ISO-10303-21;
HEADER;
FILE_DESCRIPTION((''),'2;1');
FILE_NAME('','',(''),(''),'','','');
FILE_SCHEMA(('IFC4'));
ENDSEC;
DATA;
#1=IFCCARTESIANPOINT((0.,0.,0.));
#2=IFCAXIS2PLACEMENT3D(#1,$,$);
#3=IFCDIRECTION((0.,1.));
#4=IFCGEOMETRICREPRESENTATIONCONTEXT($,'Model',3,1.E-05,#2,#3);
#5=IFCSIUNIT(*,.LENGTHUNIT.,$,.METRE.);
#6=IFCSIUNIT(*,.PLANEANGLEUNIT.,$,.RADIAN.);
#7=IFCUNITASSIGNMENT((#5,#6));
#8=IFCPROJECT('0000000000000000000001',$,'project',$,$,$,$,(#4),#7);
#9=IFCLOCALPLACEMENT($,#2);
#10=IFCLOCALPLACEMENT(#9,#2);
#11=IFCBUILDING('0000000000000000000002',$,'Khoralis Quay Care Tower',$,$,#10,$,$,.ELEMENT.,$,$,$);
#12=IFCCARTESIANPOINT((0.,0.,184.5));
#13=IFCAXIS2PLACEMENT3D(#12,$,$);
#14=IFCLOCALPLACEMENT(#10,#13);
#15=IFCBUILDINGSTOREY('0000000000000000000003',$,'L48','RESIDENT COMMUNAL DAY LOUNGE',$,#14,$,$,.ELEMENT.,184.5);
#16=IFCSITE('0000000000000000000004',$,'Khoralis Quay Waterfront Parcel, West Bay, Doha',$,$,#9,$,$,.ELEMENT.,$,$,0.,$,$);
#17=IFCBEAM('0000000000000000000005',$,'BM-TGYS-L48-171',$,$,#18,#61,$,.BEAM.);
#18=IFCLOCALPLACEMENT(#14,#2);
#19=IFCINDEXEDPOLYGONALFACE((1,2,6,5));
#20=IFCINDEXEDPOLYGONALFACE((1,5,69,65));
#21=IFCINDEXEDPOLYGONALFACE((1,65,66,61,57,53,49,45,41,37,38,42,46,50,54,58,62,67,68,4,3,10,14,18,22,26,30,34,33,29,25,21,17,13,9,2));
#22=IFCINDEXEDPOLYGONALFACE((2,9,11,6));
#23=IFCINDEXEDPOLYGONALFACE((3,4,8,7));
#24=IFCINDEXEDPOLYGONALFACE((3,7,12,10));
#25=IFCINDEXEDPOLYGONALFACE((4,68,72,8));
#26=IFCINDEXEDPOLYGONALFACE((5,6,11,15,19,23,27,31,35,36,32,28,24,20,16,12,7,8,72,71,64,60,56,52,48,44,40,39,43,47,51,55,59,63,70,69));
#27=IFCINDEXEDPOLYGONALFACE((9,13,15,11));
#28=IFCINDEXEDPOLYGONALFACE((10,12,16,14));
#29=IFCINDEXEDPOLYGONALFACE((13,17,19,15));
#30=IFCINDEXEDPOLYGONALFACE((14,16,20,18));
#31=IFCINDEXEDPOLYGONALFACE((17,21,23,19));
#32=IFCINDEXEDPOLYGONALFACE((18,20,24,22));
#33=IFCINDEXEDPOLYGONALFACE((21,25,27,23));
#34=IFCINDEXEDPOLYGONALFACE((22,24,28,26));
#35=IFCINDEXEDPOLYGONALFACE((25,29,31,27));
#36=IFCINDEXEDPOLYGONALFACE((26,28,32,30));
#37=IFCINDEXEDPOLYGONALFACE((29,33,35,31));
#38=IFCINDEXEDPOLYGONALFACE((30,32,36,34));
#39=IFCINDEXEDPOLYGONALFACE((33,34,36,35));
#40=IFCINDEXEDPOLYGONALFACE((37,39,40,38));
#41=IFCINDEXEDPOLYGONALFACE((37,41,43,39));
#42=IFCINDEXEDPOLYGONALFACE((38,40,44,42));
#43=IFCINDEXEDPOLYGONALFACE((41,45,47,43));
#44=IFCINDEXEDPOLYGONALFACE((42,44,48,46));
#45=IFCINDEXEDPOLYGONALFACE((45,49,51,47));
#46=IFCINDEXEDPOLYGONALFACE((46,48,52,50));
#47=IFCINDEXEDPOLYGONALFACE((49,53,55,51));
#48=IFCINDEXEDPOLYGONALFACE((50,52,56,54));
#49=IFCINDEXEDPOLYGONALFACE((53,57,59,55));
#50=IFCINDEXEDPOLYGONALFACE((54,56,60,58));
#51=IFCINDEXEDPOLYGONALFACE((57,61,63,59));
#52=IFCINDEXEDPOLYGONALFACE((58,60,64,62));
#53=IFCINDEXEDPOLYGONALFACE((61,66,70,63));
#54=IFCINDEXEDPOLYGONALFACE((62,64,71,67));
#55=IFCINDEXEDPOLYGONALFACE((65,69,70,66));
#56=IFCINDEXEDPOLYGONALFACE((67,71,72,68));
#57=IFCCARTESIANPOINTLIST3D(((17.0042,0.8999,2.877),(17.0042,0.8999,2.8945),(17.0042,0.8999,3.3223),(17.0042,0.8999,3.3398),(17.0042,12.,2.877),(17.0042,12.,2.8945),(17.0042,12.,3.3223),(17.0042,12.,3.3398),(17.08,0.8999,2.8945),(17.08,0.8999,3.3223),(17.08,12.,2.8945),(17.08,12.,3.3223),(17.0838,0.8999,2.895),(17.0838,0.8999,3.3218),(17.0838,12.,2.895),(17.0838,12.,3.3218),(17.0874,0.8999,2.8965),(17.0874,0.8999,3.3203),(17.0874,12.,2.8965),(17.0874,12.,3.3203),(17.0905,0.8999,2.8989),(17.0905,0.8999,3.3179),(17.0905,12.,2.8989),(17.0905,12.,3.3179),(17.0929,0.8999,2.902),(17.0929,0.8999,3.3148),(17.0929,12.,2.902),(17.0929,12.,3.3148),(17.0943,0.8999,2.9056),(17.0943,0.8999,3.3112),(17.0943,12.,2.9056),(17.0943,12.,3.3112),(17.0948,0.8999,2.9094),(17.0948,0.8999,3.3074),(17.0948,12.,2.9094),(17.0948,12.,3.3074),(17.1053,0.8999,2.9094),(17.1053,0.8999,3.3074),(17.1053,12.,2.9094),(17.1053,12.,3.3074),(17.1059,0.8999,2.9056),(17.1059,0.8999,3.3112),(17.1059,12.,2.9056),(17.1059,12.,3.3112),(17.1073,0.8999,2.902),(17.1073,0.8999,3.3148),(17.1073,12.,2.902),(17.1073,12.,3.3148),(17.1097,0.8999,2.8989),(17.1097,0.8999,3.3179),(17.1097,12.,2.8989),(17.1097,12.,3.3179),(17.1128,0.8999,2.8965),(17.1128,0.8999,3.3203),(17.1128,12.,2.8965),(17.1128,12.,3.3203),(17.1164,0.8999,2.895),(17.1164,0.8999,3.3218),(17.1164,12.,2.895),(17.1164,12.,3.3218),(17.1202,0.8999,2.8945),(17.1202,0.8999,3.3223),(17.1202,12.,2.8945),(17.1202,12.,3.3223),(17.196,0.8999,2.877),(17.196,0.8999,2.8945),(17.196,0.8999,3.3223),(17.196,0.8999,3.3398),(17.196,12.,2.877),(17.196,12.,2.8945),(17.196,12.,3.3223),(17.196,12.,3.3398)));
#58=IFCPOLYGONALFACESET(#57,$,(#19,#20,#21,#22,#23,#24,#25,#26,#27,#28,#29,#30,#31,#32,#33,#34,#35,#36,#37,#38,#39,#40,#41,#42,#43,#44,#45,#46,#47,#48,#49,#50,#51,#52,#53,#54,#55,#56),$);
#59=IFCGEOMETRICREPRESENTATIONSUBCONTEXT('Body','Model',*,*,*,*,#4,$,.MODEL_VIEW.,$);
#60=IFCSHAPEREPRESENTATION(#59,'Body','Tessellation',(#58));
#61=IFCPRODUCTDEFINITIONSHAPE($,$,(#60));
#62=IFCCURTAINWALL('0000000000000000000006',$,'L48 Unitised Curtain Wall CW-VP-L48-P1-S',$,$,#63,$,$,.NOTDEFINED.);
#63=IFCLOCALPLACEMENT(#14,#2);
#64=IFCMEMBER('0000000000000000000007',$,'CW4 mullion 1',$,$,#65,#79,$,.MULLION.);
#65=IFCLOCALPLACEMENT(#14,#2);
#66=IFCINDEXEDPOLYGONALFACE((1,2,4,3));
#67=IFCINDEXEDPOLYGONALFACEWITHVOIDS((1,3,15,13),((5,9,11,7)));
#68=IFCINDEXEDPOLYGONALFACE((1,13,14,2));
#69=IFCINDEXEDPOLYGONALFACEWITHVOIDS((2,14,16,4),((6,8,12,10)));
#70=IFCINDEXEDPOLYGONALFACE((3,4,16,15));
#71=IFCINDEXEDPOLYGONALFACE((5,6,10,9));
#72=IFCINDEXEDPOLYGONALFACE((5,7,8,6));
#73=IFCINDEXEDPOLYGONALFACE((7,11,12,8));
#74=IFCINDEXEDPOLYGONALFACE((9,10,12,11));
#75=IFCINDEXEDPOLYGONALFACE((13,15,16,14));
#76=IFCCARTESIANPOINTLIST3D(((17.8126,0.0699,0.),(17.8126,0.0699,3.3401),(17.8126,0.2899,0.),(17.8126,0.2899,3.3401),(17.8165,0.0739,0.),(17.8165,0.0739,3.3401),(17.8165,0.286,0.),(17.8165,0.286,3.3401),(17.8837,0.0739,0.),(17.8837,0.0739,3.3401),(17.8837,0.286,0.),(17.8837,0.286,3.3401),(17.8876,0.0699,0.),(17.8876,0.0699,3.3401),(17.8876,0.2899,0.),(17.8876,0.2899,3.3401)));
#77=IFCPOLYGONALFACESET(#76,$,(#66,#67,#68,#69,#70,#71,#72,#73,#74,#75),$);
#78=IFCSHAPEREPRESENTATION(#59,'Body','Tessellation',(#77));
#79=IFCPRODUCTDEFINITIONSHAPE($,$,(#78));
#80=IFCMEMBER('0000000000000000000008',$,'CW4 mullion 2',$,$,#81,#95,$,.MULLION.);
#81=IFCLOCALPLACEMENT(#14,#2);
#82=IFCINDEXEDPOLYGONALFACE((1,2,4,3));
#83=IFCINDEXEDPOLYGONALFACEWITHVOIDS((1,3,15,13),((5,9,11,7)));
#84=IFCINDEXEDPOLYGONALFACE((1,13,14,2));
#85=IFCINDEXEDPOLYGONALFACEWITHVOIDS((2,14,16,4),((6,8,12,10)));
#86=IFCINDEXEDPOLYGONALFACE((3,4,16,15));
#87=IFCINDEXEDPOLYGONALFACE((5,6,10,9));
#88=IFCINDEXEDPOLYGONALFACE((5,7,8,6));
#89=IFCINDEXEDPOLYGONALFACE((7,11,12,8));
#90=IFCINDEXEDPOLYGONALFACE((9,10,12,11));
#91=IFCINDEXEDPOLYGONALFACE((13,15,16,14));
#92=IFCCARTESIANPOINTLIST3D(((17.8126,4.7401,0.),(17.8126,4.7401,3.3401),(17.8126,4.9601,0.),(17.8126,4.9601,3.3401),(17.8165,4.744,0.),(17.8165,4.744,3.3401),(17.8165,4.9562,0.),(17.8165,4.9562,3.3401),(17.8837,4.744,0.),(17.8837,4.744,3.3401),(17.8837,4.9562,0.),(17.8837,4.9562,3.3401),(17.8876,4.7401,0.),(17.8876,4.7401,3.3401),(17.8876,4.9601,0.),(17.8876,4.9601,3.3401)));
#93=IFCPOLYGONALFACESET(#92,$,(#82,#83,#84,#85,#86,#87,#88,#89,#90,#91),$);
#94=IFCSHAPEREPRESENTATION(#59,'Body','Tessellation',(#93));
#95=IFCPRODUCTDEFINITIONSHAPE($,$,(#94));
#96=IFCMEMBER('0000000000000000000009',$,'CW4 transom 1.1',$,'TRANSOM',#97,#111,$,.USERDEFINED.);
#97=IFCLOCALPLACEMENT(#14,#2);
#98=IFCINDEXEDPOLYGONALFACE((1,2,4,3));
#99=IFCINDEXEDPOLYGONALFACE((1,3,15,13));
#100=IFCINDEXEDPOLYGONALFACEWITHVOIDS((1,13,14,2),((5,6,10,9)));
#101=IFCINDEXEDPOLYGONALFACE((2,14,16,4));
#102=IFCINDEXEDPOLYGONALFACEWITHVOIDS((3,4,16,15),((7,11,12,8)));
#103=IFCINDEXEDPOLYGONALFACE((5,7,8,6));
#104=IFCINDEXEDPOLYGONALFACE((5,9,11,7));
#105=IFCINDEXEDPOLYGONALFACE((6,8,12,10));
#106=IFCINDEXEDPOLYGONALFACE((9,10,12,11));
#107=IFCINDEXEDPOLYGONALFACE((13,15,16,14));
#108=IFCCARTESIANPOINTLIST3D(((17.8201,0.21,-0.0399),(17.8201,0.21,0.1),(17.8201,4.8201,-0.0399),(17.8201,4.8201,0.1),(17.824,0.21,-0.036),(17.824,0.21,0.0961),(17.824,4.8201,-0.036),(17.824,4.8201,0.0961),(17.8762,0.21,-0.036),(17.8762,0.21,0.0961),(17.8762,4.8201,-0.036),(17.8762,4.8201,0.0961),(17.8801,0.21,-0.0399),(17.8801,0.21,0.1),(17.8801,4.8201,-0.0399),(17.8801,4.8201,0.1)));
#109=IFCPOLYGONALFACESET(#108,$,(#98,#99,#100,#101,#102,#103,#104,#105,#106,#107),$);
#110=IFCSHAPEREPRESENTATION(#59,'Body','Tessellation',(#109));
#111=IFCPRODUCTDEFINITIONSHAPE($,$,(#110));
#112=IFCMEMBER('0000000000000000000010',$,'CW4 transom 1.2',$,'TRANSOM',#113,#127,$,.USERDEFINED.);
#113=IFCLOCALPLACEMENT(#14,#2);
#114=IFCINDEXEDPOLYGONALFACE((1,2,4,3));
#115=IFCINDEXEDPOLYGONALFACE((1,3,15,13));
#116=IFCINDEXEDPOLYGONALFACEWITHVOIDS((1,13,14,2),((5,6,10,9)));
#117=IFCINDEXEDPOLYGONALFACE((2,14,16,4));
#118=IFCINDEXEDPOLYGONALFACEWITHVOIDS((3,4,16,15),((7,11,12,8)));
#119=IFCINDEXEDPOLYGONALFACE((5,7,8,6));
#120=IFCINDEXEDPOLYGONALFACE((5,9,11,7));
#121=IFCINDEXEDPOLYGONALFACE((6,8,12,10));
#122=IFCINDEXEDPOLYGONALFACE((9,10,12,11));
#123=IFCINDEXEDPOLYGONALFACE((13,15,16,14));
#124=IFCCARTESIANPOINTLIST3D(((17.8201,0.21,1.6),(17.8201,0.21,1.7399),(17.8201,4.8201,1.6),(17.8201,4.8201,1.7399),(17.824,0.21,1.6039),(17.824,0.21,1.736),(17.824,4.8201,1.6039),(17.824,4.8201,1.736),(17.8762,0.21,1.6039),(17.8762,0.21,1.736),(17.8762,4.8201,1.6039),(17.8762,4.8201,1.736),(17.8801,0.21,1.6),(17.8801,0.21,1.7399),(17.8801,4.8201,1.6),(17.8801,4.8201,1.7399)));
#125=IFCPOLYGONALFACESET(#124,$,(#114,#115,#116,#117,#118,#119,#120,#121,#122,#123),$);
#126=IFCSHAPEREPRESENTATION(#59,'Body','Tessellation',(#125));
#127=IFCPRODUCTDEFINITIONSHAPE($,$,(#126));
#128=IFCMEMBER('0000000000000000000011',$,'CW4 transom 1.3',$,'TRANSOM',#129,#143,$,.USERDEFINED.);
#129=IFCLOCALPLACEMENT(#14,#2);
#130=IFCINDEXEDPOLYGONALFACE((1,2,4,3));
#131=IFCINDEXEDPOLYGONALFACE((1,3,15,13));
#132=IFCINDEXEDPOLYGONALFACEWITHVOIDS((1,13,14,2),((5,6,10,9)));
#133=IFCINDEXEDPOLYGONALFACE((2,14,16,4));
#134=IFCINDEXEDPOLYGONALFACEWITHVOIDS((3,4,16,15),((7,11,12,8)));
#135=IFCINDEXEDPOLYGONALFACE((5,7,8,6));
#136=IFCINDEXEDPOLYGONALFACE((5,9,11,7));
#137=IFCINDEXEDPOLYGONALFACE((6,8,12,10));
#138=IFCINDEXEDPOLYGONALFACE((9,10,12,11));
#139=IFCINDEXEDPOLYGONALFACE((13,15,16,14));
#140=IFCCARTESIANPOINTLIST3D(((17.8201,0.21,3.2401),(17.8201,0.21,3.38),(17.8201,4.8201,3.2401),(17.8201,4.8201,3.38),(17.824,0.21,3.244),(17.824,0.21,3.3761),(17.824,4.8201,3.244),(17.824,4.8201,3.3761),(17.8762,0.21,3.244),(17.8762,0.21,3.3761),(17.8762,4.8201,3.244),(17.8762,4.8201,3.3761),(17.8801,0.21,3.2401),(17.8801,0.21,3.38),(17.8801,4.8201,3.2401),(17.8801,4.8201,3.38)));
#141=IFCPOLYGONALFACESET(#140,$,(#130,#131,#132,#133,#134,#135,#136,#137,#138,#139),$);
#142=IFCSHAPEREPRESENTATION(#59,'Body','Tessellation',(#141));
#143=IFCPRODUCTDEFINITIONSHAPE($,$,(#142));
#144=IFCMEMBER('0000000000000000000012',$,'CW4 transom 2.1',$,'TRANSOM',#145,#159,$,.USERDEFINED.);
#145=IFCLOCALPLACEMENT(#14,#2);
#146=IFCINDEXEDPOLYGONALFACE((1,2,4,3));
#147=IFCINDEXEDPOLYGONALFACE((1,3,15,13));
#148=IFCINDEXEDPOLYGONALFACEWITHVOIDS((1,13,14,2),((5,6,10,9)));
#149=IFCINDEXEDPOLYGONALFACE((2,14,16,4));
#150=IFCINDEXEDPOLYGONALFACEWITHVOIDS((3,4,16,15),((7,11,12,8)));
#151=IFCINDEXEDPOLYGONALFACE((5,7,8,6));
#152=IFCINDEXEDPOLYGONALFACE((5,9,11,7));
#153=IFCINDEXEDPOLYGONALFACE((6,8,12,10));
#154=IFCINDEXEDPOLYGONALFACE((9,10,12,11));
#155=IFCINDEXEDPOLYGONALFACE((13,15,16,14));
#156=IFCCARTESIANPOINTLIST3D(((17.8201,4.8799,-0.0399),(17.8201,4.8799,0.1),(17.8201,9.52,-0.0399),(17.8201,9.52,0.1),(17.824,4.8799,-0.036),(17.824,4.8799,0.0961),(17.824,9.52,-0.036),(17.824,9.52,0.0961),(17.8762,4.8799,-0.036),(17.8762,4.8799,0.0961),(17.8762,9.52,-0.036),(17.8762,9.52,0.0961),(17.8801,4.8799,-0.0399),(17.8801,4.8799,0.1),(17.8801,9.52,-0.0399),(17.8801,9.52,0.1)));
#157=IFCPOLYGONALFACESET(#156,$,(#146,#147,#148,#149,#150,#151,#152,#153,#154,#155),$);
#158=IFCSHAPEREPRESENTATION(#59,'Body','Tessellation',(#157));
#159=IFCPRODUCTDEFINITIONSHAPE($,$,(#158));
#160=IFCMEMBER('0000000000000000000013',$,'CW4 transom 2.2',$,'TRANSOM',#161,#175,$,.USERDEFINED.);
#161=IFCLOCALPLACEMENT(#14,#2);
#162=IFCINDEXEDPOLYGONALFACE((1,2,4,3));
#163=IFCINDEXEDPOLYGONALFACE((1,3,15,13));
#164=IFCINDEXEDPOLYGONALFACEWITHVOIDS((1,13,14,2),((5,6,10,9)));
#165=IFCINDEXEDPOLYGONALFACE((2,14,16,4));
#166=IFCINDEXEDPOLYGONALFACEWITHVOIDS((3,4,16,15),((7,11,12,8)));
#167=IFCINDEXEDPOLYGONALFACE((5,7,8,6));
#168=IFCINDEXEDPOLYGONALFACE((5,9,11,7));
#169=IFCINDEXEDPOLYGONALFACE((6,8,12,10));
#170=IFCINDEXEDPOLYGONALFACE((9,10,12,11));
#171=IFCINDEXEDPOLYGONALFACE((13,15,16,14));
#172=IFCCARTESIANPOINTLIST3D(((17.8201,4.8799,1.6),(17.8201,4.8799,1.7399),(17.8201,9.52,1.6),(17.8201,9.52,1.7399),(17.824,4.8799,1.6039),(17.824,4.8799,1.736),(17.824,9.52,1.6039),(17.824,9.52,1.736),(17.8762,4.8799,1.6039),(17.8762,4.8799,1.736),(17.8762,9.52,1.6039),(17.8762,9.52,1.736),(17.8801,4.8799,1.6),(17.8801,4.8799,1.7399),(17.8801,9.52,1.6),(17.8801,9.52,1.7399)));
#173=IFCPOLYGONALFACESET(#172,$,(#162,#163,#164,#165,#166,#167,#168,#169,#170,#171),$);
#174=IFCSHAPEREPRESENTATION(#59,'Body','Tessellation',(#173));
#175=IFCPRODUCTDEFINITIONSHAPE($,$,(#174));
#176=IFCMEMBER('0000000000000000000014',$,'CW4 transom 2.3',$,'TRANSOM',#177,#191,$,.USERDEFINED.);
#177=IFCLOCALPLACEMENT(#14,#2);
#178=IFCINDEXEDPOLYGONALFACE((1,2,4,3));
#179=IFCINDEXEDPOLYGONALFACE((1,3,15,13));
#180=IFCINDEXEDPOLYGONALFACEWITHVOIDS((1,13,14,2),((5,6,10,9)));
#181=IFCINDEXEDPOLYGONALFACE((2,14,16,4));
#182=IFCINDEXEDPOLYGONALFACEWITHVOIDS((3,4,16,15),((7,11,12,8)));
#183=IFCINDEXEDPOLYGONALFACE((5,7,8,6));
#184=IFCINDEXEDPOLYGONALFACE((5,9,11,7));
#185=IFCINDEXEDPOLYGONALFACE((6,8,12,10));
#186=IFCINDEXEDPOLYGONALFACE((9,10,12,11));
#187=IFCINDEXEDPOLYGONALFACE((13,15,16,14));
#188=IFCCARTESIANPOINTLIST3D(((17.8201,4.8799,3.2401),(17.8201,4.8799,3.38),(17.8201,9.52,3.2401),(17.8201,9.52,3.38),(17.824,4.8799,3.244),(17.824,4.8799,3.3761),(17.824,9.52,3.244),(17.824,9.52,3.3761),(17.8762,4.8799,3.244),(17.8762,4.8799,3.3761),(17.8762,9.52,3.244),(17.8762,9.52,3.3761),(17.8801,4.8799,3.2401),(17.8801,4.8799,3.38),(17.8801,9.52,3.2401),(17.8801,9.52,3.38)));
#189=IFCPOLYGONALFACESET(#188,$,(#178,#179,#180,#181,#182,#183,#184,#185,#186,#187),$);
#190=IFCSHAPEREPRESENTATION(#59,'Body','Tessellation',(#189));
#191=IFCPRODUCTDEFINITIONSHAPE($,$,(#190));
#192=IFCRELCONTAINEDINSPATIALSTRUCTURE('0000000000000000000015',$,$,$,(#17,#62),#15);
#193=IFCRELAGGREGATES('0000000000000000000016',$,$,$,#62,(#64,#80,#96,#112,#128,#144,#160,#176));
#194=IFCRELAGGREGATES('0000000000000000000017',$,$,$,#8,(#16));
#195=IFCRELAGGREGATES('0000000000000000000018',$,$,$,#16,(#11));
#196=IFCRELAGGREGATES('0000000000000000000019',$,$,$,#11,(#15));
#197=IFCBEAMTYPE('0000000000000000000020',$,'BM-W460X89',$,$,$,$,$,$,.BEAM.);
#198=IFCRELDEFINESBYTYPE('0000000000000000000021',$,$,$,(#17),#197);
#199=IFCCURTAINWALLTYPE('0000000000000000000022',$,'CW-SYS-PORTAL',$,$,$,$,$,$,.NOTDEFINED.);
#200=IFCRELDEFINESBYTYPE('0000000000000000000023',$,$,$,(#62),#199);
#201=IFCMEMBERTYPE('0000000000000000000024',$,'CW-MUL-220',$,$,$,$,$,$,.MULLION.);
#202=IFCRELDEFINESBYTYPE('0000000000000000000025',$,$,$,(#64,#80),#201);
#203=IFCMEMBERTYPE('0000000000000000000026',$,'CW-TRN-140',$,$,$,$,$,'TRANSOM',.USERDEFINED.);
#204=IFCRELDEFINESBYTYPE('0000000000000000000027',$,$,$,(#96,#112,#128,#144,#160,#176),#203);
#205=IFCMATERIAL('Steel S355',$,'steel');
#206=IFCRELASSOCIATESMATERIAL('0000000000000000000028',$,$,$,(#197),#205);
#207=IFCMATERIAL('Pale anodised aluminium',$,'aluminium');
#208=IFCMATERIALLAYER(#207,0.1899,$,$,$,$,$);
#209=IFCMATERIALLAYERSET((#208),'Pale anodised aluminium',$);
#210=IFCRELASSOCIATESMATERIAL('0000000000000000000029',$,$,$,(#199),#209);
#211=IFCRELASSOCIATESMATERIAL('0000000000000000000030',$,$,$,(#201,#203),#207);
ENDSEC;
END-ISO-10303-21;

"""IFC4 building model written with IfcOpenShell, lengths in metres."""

from ifc_helpers import new_model, si_unit, direction, frame, origin, origin_2d, place, context, subcontext, project, spatial, hollow_rectangle, i_section, extrude, source, transform, mapped, material, layer, layer_set, material_profile, profile_set, type_object, element, aggregate, save


model = new_model("IFC4")

# Units and contexts
model_context = context("Model", 3, precision=1e-05, world=origin(), true_north=direction((0.0, 1.0)))
body_context = subcontext(model_context, "Body", "Model", "MODEL_VIEW")
ifc_project = project(units=[si_unit("LENGTHUNIT", "METRE"), si_unit("PLANEANGLEUNIT", "RADIAN")], contexts=[model_context])

# Site, building, storey
site_placement = place(None, origin())
site = spatial("IfcSite", under=ifc_project, at=site_placement, Name="Khoralis Quay Waterfront Parcel, West Bay, Doha", CompositionType="ELEMENT", RefElevation=0.0)
building_placement = place(site_placement, origin())
building = spatial("IfcBuilding", under=site, at=building_placement, Name="Khoralis Quay Care Tower", CompositionType="ELEMENT")
storey_placement = place(building_placement, frame((0.0, 0.0, 184.5)))
storey = spatial("IfcBuildingStorey", under=building, at=storey_placement, Name="L48", Description="RESIDENT COMMUNAL DAY LOUNGE", CompositionType="ELEMENT", Elevation=184.5)

# Beam
ifc_material_1 = material(Name="Steel S355", Category="steel")
ifc_material_profile_1 = material_profile(ifc_material_1, i_section(OverallWidth=0.1919, OverallDepth=0.4629, WebThickness=0.0105, FlangeThickness=0.0176, FilletRadius=0.0149, at=origin_2d()), Name="Steel S355")
ifc_profile_set_1 = profile_set([ifc_material_profile_1], Name="Steel S355")
beam_type_1 = type_object("IfcBeamType", Name="BM-W460X89", PredefinedType="BEAM", material=ifc_profile_set_1)
shared_shape_1 = source(origin(), body_context, "Body", "SweptSolid", [
    extrude(i_section(OverallWidth=0.1919, OverallDepth=0.4629, WebThickness=0.0105, FlangeThickness=0.0176, FilletRadius=0.0149, at=origin_2d()), origin(), (0.0, 0.0, 1.0), 11.1001),
])
beam_1_placement = place(storey_placement, frame((17.1001, 0.8999, 3.1084), z_axis=(0.0, 1.0, 0.0), x_axis=(-1.0, 0.0, 0.0)))
element("IfcBeam", 1, at=beam_1_placement, inside=storey, type_object=beam_type_1, Name="BM-TGYS-L48-171", PredefinedType="BEAM", context=body_context, shape_type="MappedRepresentation", body=[
    mapped(shared_shape_1, transform((0.0, 0.0, 0.0), scale=1.0)),
])

# Curtain wall, members
ifc_material_2 = material(Name="Pale anodised aluminium", Category="aluminium")
ifc_layer_1 = layer(ifc_material_2, 0.1899)
ifc_layer_set_1 = layer_set([ifc_layer_1], Name="Pale anodised aluminium")
curtain_wall_type = type_object("IfcCurtainWallType", Name="CW-SYS-PORTAL", PredefinedType="NOTDEFINED", material=ifc_layer_set_1)
curtain_wall_placement = place(storey_placement, origin())
curtain_wall = element("IfcCurtainWall", 2, at=curtain_wall_placement, inside=storey, type_object=curtain_wall_type, Name="L48 Unitised Curtain Wall CW-VP-L48-P1-S", PredefinedType="NOTDEFINED")
ifc_material_profile_2 = material_profile(ifc_material_2, hollow_rectangle(XDim=0.075, YDim=0.22, WallThickness=0.0039, at=origin_2d()), Name="Pale anodised aluminium")
ifc_profile_set_2 = profile_set([ifc_material_profile_2], Name="Pale anodised aluminium")
member_type_1 = type_object("IfcMemberType", Name="CW-MUL-220", PredefinedType="MULLION", material=ifc_profile_set_2)
shared_shape_2 = source(origin(), body_context, "Body", "SweptSolid", [
    extrude(hollow_rectangle(XDim=0.075, YDim=0.22, WallThickness=0.0039, at=origin_2d()), origin(), (0.0, 0.0, 1.0), 3.3401),
])
member_1_placement = place(storey_placement, frame((17.8501, 0.1799, 0.0), z_axis=(0.0, 0.0, 1.0), x_axis=(-1.0, 0.0, 0.0)))
member_1 = element("IfcMember", 3, at=member_1_placement, type_object=member_type_1, Name="CW4 mullion 1", PredefinedType="MULLION", context=body_context, shape_type="MappedRepresentation", body=[
    mapped(shared_shape_2, transform((0.0, 0.0, 0.0), scale=1.0)),
])
member_2_placement = place(storey_placement, frame((17.8501, 4.8501, 0.0), z_axis=(0.0, 0.0, 1.0), x_axis=(-1.0, 0.0, 0.0)))
member_2 = element("IfcMember", 4, at=member_2_placement, type_object=member_type_1, Name="CW4 mullion 2", PredefinedType="MULLION", context=body_context, shape_type="MappedRepresentation", body=[
    mapped(shared_shape_2, transform((0.0, 0.0, 0.0), scale=1.0)),
])
ifc_material_profile_3 = material_profile(ifc_material_2, hollow_rectangle(XDim=0.0601, YDim=0.1399, WallThickness=0.0039, at=origin_2d()), Name="Pale anodised aluminium")
ifc_profile_set_3 = profile_set([ifc_material_profile_3], Name="Pale anodised aluminium")
member_type_2 = type_object("IfcMemberType", Name="CW-TRN-140", ElementType="TRANSOM", PredefinedType="USERDEFINED", material=ifc_profile_set_3)
shared_shape_3 = source(origin(), body_context, "Body", "SweptSolid", [
    extrude(hollow_rectangle(XDim=0.0601, YDim=0.1399, WallThickness=0.0039, at=origin_2d()), origin(), (0.0, 0.0, 1.0), 4.6101),
])
member_3_placement = place(storey_placement, frame((17.8501, 0.21, 0.03), z_axis=(0.0, 1.0, 0.0), x_axis=(-1.0, 0.0, 0.0)))
member_3 = element("IfcMember", 5, at=member_3_placement, type_object=member_type_2, Name="CW4 transom 1.1", ObjectType="TRANSOM", PredefinedType="USERDEFINED", context=body_context, shape_type="MappedRepresentation", body=[
    mapped(shared_shape_3, transform((0.0, 0.0, 0.0), scale=1.0)),
])
member_4_placement = place(storey_placement, frame((17.8501, 0.21, 1.6699), z_axis=(0.0, 1.0, 0.0), x_axis=(-1.0, 0.0, 0.0)))
member_4 = element("IfcMember", 6, at=member_4_placement, type_object=member_type_2, Name="CW4 transom 1.2", ObjectType="TRANSOM", PredefinedType="USERDEFINED", context=body_context, shape_type="MappedRepresentation", body=[
    mapped(shared_shape_3, transform((0.0, 0.0, 0.0), scale=1.0)),
])
member_5_placement = place(storey_placement, frame((17.8501, 0.21, 3.3101), z_axis=(0.0, 1.0, 0.0), x_axis=(-1.0, 0.0, 0.0)))
member_5 = element("IfcMember", 7, at=member_5_placement, type_object=member_type_2, Name="CW4 transom 1.3", ObjectType="TRANSOM", PredefinedType="USERDEFINED", context=body_context, shape_type="MappedRepresentation", body=[
    mapped(shared_shape_3, transform((0.0, 0.0, 0.0), scale=1.0)),
])
shared_shape_4 = source(origin(), body_context, "Body", "SweptSolid", [
    extrude(hollow_rectangle(XDim=0.0601, YDim=0.1399, WallThickness=0.0039, at=origin_2d()), origin(), (0.0, 0.0, 1.0), 4.6401),
])
member_6_placement = place(storey_placement, frame((17.8501, 4.8799, 0.03), z_axis=(0.0, 1.0, 0.0), x_axis=(-1.0, 0.0, 0.0)))
member_6 = element("IfcMember", 8, at=member_6_placement, type_object=member_type_2, Name="CW4 transom 2.1", ObjectType="TRANSOM", PredefinedType="USERDEFINED", context=body_context, shape_type="MappedRepresentation", body=[
    mapped(shared_shape_4, transform((0.0, 0.0, 0.0), scale=1.0)),
])
member_7_placement = place(storey_placement, frame((17.8501, 4.8799, 1.6699), z_axis=(0.0, 1.0, 0.0), x_axis=(-1.0, 0.0, 0.0)))
member_7 = element("IfcMember", 9, at=member_7_placement, type_object=member_type_2, Name="CW4 transom 2.2", ObjectType="TRANSOM", PredefinedType="USERDEFINED", context=body_context, shape_type="MappedRepresentation", body=[
    mapped(shared_shape_4, transform((0.0, 0.0, 0.0), scale=1.0)),
])
member_8_placement = place(storey_placement, frame((17.8501, 4.8799, 3.3101), z_axis=(0.0, 1.0, 0.0), x_axis=(-1.0, 0.0, 0.0)))
member_8 = element("IfcMember", 10, at=member_8_placement, type_object=member_type_2, Name="CW4 transom 2.3", ObjectType="TRANSOM", PredefinedType="USERDEFINED", context=body_context, shape_type="MappedRepresentation", body=[
    mapped(shared_shape_4, transform((0.0, 0.0, 0.0), scale=1.0)),
])
aggregate(curtain_wall, [member_1, member_2, member_3, member_4, member_5, member_6, member_7, member_8])

save(model, "model.ifc")
